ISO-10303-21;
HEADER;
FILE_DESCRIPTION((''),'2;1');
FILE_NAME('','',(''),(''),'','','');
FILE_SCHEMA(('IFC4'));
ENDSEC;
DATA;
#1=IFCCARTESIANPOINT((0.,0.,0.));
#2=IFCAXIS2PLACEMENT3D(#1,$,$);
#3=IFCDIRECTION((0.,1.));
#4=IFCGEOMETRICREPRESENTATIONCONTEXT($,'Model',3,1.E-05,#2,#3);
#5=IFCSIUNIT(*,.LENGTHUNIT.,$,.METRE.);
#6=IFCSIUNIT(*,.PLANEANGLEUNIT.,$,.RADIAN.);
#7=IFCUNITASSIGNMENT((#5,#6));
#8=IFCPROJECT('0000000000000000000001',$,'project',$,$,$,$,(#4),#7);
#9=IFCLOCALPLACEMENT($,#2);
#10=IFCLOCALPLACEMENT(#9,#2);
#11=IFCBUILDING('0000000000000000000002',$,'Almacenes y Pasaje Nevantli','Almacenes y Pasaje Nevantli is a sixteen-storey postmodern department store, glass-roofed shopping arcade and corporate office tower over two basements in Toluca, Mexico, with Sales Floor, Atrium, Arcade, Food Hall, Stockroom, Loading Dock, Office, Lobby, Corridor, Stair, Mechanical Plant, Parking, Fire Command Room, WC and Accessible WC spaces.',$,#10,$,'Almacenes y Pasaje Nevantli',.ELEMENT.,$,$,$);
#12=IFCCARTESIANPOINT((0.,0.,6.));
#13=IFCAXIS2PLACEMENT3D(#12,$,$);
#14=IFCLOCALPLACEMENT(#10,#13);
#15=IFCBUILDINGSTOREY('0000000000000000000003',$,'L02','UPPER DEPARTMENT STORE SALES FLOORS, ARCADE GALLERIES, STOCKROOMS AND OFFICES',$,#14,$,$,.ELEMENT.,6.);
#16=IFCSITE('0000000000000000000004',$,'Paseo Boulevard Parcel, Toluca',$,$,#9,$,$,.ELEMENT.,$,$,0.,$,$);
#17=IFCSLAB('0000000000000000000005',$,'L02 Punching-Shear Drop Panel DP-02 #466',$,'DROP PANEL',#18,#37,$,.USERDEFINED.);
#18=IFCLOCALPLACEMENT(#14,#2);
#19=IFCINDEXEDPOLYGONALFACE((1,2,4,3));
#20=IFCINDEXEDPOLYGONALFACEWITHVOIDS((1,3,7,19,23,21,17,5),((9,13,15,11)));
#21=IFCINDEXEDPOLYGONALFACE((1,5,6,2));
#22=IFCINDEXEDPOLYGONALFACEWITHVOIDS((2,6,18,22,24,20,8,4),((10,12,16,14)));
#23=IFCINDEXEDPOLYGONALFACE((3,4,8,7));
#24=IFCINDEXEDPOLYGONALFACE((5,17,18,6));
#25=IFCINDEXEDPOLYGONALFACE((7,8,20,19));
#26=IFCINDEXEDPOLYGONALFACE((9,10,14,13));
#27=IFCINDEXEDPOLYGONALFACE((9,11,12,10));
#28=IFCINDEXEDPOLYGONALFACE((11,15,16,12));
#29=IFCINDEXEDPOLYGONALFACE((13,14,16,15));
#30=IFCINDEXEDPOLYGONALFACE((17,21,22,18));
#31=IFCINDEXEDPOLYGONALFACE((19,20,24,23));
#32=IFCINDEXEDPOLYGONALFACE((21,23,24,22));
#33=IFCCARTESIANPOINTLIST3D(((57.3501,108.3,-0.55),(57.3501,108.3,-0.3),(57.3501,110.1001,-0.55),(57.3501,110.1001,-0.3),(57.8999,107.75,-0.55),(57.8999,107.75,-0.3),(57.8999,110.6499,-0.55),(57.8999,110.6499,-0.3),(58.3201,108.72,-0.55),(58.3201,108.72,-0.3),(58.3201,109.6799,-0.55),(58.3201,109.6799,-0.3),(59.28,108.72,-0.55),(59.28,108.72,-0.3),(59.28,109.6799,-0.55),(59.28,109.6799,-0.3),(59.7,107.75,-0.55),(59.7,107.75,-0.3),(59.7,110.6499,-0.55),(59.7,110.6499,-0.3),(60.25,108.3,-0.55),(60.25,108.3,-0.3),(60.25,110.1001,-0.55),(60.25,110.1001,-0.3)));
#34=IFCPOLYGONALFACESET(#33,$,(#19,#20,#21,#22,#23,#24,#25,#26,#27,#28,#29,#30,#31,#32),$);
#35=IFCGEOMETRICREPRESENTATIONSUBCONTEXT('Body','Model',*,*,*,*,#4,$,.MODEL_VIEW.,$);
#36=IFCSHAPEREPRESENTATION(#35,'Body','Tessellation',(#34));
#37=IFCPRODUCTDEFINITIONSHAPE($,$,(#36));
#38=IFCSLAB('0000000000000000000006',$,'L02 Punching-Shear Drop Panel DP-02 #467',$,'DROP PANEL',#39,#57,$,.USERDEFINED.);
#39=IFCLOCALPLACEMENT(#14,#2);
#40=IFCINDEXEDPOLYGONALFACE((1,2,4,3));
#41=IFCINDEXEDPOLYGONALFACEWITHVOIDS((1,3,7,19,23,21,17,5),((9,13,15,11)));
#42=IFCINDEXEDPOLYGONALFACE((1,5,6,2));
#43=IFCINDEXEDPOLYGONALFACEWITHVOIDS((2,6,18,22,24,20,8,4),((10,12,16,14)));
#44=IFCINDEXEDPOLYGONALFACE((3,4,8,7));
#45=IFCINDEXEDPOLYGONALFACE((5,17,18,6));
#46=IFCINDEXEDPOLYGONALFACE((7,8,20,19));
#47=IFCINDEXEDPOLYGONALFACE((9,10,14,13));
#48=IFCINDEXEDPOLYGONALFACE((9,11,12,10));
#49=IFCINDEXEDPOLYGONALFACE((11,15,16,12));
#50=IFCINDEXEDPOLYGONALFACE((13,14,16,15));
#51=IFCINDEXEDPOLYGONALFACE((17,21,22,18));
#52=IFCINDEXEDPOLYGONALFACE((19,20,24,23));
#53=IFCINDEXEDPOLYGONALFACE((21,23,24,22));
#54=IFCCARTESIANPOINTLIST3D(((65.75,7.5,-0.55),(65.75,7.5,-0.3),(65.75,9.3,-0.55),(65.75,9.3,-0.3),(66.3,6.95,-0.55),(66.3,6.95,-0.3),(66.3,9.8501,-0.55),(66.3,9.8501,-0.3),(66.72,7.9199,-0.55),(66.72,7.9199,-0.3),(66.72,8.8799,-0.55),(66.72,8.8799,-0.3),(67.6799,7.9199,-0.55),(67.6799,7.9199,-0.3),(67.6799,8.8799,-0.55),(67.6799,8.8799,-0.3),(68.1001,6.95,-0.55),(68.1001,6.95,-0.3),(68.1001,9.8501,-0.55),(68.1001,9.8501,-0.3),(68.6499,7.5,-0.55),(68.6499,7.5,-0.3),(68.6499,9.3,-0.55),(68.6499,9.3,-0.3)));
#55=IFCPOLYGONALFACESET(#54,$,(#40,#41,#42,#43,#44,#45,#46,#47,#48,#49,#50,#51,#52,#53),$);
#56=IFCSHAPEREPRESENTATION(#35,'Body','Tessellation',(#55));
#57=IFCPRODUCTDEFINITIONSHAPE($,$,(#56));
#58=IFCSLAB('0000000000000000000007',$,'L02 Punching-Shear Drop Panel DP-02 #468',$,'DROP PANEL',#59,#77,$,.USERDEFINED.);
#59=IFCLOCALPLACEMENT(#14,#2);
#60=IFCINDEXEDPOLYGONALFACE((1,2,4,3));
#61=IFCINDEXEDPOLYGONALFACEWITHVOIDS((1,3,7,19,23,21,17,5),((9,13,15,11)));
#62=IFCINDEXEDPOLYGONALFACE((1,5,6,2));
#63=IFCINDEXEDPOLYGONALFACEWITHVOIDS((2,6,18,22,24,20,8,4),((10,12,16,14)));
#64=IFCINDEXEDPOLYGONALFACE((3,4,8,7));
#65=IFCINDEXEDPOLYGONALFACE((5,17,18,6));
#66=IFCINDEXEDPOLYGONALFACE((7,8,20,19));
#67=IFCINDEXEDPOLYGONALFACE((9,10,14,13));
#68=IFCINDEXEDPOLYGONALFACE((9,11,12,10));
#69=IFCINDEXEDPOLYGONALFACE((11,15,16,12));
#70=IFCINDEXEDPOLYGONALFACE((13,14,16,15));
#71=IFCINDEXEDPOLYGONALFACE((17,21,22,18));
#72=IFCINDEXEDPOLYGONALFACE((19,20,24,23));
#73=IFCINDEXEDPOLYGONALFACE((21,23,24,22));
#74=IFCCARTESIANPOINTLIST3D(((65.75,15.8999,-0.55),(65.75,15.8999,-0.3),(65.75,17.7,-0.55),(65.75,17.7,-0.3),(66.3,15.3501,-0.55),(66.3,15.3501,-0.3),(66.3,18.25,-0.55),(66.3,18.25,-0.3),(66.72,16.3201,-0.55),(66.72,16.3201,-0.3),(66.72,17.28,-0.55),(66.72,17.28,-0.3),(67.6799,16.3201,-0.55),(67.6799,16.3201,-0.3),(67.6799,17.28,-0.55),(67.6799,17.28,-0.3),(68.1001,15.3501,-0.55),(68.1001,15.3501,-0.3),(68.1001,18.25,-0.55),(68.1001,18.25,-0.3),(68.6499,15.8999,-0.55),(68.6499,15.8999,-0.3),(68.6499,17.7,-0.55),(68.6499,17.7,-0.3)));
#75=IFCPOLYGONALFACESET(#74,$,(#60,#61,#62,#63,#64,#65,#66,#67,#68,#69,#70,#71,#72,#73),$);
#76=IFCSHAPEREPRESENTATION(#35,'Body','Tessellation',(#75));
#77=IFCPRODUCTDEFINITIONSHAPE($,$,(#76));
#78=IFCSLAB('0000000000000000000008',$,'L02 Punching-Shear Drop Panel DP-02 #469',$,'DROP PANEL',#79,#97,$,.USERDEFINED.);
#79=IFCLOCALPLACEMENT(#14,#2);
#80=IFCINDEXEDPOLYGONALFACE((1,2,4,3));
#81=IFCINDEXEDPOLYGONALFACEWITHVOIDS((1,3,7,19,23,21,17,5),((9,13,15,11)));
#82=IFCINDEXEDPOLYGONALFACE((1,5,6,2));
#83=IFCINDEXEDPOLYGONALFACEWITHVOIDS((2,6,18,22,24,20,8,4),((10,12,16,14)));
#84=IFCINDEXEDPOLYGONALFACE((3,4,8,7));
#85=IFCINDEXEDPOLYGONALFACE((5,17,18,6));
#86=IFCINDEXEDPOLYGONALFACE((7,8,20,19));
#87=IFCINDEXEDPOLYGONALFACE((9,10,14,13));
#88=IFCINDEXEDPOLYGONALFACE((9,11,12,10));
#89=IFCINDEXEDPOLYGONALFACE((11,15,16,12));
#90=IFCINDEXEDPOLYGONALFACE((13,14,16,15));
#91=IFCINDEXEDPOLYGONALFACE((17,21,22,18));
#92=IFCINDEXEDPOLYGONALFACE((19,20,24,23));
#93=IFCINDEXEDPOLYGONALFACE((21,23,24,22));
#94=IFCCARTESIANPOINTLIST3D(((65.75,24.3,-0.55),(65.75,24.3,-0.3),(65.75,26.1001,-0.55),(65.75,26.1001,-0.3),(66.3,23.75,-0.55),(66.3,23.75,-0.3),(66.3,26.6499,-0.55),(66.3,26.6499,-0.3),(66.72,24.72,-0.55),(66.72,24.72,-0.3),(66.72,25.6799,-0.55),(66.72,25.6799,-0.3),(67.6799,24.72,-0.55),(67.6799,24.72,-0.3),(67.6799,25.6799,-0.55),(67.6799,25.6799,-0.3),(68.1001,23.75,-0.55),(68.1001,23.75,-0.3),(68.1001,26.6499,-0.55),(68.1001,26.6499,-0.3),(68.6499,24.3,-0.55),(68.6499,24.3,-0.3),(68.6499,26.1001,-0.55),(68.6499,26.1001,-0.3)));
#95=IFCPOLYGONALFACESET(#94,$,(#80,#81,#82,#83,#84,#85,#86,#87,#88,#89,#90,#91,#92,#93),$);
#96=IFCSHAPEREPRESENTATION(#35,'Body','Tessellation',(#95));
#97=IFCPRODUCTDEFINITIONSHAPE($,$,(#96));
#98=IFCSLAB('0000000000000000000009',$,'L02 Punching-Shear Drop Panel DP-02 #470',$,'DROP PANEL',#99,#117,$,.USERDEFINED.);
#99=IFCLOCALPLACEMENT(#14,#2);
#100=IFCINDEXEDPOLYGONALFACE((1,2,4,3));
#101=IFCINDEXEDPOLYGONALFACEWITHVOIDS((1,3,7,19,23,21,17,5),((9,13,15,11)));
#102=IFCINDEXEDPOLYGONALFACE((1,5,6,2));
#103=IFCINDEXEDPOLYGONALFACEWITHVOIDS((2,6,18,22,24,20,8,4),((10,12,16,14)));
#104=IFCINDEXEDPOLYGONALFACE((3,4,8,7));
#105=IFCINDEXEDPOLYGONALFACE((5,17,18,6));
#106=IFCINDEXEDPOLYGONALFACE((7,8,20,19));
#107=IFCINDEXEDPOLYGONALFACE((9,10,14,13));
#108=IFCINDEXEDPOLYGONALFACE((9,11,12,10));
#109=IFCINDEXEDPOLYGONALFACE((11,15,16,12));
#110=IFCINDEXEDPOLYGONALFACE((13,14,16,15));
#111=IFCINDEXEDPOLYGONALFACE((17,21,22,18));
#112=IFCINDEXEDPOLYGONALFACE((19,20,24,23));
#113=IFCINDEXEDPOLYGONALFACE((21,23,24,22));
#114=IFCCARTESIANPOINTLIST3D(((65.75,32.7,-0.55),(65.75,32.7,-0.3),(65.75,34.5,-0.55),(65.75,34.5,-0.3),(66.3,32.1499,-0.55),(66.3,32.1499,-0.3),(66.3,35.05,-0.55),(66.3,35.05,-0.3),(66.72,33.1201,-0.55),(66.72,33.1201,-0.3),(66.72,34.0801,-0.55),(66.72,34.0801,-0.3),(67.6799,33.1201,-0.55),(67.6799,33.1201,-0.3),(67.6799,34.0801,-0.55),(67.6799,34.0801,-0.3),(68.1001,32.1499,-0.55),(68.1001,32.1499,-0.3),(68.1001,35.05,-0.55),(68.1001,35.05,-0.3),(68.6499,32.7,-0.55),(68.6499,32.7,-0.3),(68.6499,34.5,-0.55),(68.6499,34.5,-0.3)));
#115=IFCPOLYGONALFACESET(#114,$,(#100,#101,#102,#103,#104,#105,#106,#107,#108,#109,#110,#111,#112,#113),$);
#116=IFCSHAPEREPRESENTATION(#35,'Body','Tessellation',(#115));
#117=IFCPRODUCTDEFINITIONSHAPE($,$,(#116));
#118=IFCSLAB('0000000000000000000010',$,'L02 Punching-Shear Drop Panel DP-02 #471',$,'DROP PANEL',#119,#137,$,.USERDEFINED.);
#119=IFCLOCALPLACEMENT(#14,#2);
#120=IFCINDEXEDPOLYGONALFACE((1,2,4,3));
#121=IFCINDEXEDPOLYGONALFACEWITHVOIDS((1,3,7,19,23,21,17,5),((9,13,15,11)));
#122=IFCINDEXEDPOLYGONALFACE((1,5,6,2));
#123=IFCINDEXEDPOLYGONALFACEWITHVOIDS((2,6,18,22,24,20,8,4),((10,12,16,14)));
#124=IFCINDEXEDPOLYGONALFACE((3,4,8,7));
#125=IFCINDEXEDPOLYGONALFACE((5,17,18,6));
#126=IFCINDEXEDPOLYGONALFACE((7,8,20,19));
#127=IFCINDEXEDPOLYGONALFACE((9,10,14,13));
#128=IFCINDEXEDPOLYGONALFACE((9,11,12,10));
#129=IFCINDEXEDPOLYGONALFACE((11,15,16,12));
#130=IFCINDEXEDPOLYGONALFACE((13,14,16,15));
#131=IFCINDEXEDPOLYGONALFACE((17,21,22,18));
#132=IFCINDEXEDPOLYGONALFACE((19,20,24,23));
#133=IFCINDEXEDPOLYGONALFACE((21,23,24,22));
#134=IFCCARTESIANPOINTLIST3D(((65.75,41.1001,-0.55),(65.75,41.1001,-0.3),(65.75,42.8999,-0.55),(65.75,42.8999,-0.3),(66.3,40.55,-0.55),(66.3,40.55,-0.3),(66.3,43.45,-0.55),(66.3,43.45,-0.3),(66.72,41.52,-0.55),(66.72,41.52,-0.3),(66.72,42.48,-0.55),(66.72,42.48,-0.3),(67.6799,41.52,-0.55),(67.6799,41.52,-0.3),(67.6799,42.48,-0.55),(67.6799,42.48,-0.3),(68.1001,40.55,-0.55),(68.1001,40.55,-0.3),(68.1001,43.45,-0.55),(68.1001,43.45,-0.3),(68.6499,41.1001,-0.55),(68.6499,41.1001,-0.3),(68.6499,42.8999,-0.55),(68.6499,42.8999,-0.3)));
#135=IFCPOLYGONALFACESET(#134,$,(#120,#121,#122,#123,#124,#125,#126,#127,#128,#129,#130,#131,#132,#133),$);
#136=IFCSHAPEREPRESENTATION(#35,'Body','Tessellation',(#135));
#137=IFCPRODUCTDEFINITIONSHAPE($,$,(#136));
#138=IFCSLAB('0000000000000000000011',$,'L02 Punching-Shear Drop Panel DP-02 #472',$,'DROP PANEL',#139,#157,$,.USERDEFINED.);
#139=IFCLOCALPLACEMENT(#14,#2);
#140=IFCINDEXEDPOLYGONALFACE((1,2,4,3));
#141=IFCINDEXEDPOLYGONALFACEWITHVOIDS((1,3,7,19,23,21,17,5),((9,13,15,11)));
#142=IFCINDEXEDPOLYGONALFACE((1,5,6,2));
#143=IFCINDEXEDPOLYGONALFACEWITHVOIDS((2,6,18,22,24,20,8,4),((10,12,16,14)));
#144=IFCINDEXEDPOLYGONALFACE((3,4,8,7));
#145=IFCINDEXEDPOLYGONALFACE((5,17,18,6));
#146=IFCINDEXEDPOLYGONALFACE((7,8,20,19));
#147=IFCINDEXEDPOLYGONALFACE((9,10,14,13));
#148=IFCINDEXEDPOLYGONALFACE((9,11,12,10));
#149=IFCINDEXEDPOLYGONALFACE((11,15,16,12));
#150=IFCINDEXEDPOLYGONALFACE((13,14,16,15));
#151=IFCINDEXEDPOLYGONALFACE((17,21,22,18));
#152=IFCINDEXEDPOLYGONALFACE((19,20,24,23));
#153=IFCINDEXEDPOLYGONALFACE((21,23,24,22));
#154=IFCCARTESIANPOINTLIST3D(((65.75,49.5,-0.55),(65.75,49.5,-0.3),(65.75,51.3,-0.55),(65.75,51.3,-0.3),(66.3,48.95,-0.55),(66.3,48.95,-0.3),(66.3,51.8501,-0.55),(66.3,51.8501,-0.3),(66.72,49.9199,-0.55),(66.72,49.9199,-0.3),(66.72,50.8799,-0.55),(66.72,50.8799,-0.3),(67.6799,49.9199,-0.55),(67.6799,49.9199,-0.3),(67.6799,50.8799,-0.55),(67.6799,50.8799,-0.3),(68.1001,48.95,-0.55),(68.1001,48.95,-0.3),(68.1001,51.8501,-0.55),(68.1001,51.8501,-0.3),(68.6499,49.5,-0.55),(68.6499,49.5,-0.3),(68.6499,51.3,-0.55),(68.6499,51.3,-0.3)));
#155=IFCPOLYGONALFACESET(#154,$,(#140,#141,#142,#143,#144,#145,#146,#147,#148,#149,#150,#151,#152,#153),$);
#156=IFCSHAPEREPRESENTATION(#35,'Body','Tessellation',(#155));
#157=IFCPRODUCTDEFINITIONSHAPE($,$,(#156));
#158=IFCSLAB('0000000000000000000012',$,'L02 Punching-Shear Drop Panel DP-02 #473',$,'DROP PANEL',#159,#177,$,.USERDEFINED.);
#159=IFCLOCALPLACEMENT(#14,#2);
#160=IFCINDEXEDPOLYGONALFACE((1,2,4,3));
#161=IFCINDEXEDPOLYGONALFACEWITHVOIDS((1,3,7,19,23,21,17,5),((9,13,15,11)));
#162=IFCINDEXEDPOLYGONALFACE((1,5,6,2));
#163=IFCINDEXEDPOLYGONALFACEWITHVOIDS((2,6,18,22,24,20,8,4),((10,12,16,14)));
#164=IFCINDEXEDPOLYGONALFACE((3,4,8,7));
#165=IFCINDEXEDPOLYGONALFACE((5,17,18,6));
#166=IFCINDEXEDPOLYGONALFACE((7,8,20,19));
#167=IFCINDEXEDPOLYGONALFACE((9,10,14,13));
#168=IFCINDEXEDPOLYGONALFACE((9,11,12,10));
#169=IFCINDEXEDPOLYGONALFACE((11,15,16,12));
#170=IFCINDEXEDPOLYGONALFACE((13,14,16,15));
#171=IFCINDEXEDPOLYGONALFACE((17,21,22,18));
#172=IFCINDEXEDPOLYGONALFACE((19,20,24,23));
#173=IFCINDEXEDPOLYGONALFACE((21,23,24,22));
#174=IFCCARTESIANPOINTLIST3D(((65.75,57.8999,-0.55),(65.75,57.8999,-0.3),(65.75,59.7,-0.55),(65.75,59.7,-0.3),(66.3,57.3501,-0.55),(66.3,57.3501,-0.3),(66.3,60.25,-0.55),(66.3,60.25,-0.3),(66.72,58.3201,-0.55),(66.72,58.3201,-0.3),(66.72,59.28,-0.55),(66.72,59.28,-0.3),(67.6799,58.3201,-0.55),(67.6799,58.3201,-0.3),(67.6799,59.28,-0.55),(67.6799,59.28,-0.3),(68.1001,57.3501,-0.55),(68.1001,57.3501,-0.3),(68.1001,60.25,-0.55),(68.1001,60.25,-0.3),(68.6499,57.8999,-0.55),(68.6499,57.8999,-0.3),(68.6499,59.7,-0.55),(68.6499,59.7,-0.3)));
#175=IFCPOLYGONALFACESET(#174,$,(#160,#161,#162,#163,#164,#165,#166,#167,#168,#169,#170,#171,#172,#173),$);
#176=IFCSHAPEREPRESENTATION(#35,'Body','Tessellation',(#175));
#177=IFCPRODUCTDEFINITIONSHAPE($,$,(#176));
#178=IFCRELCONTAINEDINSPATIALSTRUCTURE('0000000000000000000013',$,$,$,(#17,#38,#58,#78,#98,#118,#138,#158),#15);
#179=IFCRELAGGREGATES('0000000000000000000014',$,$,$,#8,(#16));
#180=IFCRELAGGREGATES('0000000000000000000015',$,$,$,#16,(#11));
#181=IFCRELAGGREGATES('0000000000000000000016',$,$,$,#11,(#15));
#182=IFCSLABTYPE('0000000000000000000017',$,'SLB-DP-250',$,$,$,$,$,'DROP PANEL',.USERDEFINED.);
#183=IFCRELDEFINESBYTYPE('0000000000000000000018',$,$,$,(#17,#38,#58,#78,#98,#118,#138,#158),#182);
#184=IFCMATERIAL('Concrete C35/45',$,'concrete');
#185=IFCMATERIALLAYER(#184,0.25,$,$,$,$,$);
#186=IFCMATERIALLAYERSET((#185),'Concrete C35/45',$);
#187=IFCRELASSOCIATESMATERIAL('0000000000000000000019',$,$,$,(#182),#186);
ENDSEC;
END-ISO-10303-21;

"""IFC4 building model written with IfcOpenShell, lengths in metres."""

from ifc_helpers import new_model, si_unit, direction, frame, origin, place, context, subcontext, project, spatial, polyline, outline, extrude, material, layer, layer_set, type_object, element, save


model = new_model("IFC4")

# Units and contexts
model_context = context("Model", 3, precision=1e-05, world=origin(), true_north=direction((0.0, 1.0)))
body_context = subcontext(model_context, "Body", "Model", "MODEL_VIEW")
ifc_project = project(units=[si_unit("LENGTHUNIT", "METRE"), si_unit("PLANEANGLEUNIT", "RADIAN")], contexts=[model_context])

# Site, building, storey
site_placement = place(None, origin())
site = spatial("IfcSite", under=ifc_project, at=site_placement, Name="Paseo Boulevard Parcel, Toluca", CompositionType="ELEMENT", RefElevation=0.0)
building_placement = place(site_placement, origin())
building = spatial("IfcBuilding", under=site, at=building_placement, Name="Almacenes y Pasaje Nevantli", Description="Almacenes y Pasaje Nevantli is a sixteen-storey postmodern department store, glass-roofed shopping arcade and corporate office tower over two basements in Toluca, Mexico, with Sales Floor, Atrium, Arcade, Food Hall, Stockroom, Loading Dock, Office, Lobby, Corridor, Stair, Mechanical Plant, Parking, Fire Command Room, WC and Accessible WC spaces.", LongName="Almacenes y Pasaje Nevantli", CompositionType="ELEMENT")
storey_placement = place(building_placement, frame((0.0, 0.0, 6.0)))
storey = spatial("IfcBuildingStorey", under=building, at=storey_placement, Name="L02", Description="UPPER DEPARTMENT STORE SALES FLOORS, ARCADE GALLERIES, STOCKROOMS AND OFFICES", CompositionType="ELEMENT", Elevation=6.0)

# Slabs
ifc_material = material(Name="Concrete C35/45", Category="concrete")
ifc_layer = layer(ifc_material, 0.25)
ifc_layer_set = layer_set([ifc_layer], Name="Concrete C35/45")
slab_type = type_object("IfcSlabType", Name="SLB-DP-250", ElementType="DROP PANEL", PredefinedType="USERDEFINED", material=ifc_layer_set)
slab_1_placement = place(storey_placement, frame((0.0, 0.0, -0.55)))
element("IfcSlab", 1, at=slab_1_placement, inside=storey, type_object=slab_type, Name="L02 Punching-Shear Drop Panel DP-02 #466", ObjectType="DROP PANEL", PredefinedType="USERDEFINED", context=body_context, shape_type="SweptSolid", body=[
    extrude(outline(polyline([(57.8999, 107.75), (59.7, 107.75), (60.25, 108.3), (60.25, 110.1001), (59.7, 110.6499), (57.8999, 110.6499), (57.3501, 110.1001), (57.3501, 108.3), (57.8999, 107.75)]), holes=[polyline([(58.3201, 108.72), (59.28, 108.72), (59.28, 109.6799), (58.3201, 109.6799), (58.3201, 108.72)])]), origin(), (0.0, 0.0, 1.0), 0.25),
])
slab_2_placement = place(storey_placement, frame((0.0, 0.0, -0.55)))
element("IfcSlab", 2, at=slab_2_placement, inside=storey, type_object=slab_type, Name="L02 Punching-Shear Drop Panel DP-02 #467", ObjectType="DROP PANEL", PredefinedType="USERDEFINED", context=body_context, shape_type="SweptSolid", body=[
    extrude(outline(polyline([(66.3, 6.95), (68.1001, 6.95), (68.6499, 7.5), (68.6499, 9.3), (68.1001, 9.8501), (66.3, 9.8501), (65.75, 9.3), (65.75, 7.5), (66.3, 6.95)]), holes=[polyline([(66.72, 7.9199), (67.6799, 7.9199), (67.6799, 8.8799), (66.72, 8.8799), (66.72, 7.9199)])]), origin(), (0.0, 0.0, 1.0), 0.25),
])
slab_3_placement = place(storey_placement, frame((0.0, 0.0, -0.55)))
element("IfcSlab", 3, at=slab_3_placement, inside=storey, type_object=slab_type, Name="L02 Punching-Shear Drop Panel DP-02 #468", ObjectType="DROP PANEL", PredefinedType="USERDEFINED", context=body_context, shape_type="SweptSolid", body=[
    extrude(outline(polyline([(66.3, 15.3501), (68.1001, 15.3501), (68.6499, 15.8999), (68.6499, 17.7), (68.1001, 18.25), (66.3, 18.25), (65.75, 17.7), (65.75, 15.8999), (66.3, 15.3501)]), holes=[polyline([(66.72, 16.3201), (67.6799, 16.3201), (67.6799, 17.28), (66.72, 17.28), (66.72, 16.3201)])]), origin(), (0.0, 0.0, 1.0), 0.25),
])
slab_4_placement = place(storey_placement, frame((0.0, 0.0, -0.55)))
element("IfcSlab", 4, at=slab_4_placement, inside=storey, type_object=slab_type, Name="L02 Punching-Shear Drop Panel DP-02 #469", ObjectType="DROP PANEL", PredefinedType="USERDEFINED", context=body_context, shape_type="SweptSolid", body=[
    extrude(outline(polyline([(66.3, 23.75), (68.1001, 23.75), (68.6499, 24.3), (68.6499, 26.1001), (68.1001, 26.6499), (66.3, 26.6499), (65.75, 26.1001), (65.75, 24.3), (66.3, 23.75)]), holes=[polyline([(66.72, 24.72), (67.6799, 24.72), (67.6799, 25.6799), (66.72, 25.6799), (66.72, 24.72)])]), origin(), (0.0, 0.0, 1.0), 0.25),
])
slab_5_placement = place(storey_placement, frame((0.0, 0.0, -0.55)))
element("IfcSlab", 5, at=slab_5_placement, inside=storey, type_object=slab_type, Name="L02 Punching-Shear Drop Panel DP-02 #470", ObjectType="DROP PANEL", PredefinedType="USERDEFINED", context=body_context, shape_type="SweptSolid", body=[
    extrude(outline(polyline([(66.3, 32.1499), (68.1001, 32.1499), (68.6499, 32.7), (68.6499, 34.5), (68.1001, 35.05), (66.3, 35.05), (65.75, 34.5), (65.75, 32.7), (66.3, 32.1499)]), holes=[polyline([(66.72, 33.1201), (67.6799, 33.1201), (67.6799, 34.0801), (66.72, 34.0801), (66.72, 33.1201)])]), origin(), (0.0, 0.0, 1.0), 0.25),
])
slab_6_placement = place(storey_placement, frame((0.0, 0.0, -0.55)))
element("IfcSlab", 6, at=slab_6_placement, inside=storey, type_object=slab_type, Name="L02 Punching-Shear Drop Panel DP-02 #471", ObjectType="DROP PANEL", PredefinedType="USERDEFINED", context=body_context, shape_type="SweptSolid", body=[
    extrude(outline(polyline([(66.3, 40.55), (68.1001, 40.55), (68.6499, 41.1001), (68.6499, 42.8999), (68.1001, 43.45), (66.3, 43.45), (65.75, 42.8999), (65.75, 41.1001), (66.3, 40.55)]), holes=[polyline([(66.72, 41.52), (67.6799, 41.52), (67.6799, 42.48), (66.72, 42.48), (66.72, 41.52)])]), origin(), (0.0, 0.0, 1.0), 0.25),
])
slab_7_placement = place(storey_placement, frame((0.0, 0.0, -0.55)))
element("IfcSlab", 7, at=slab_7_placement, inside=storey, type_object=slab_type, Name="L02 Punching-Shear Drop Panel DP-02 #472", ObjectType="DROP PANEL", PredefinedType="USERDEFINED", context=body_context, shape_type="SweptSolid", body=[
    extrude(outline(polyline([(66.3, 48.95), (68.1001, 48.95), (68.6499, 49.5), (68.6499, 51.3), (68.1001, 51.8501), (66.3, 51.8501), (65.75, 51.3), (65.75, 49.5), (66.3, 48.95)]), holes=[polyline([(66.72, 49.9199), (67.6799, 49.9199), (67.6799, 50.8799), (66.72, 50.8799), (66.72, 49.9199)])]), origin(), (0.0, 0.0, 1.0), 0.25),
])
slab_8_placement = place(storey_placement, frame((0.0, 0.0, -0.55)))
element("IfcSlab", 8, at=slab_8_placement, inside=storey, type_object=slab_type, Name="L02 Punching-Shear Drop Panel DP-02 #473", ObjectType="DROP PANEL", PredefinedType="USERDEFINED", context=body_context, shape_type="SweptSolid", body=[
    extrude(outline(polyline([(66.3, 57.3501), (68.1001, 57.3501), (68.6499, 57.8999), (68.6499, 59.7), (68.1001, 60.25), (66.3, 60.25), (65.75, 59.7), (65.75, 57.8999), (66.3, 57.3501)]), holes=[polyline([(66.72, 58.3201), (67.6799, 58.3201), (67.6799, 59.28), (66.72, 59.28), (66.72, 58.3201)])]), origin(), (0.0, 0.0, 1.0), 0.25),
])

save(model, "model.ifc")
